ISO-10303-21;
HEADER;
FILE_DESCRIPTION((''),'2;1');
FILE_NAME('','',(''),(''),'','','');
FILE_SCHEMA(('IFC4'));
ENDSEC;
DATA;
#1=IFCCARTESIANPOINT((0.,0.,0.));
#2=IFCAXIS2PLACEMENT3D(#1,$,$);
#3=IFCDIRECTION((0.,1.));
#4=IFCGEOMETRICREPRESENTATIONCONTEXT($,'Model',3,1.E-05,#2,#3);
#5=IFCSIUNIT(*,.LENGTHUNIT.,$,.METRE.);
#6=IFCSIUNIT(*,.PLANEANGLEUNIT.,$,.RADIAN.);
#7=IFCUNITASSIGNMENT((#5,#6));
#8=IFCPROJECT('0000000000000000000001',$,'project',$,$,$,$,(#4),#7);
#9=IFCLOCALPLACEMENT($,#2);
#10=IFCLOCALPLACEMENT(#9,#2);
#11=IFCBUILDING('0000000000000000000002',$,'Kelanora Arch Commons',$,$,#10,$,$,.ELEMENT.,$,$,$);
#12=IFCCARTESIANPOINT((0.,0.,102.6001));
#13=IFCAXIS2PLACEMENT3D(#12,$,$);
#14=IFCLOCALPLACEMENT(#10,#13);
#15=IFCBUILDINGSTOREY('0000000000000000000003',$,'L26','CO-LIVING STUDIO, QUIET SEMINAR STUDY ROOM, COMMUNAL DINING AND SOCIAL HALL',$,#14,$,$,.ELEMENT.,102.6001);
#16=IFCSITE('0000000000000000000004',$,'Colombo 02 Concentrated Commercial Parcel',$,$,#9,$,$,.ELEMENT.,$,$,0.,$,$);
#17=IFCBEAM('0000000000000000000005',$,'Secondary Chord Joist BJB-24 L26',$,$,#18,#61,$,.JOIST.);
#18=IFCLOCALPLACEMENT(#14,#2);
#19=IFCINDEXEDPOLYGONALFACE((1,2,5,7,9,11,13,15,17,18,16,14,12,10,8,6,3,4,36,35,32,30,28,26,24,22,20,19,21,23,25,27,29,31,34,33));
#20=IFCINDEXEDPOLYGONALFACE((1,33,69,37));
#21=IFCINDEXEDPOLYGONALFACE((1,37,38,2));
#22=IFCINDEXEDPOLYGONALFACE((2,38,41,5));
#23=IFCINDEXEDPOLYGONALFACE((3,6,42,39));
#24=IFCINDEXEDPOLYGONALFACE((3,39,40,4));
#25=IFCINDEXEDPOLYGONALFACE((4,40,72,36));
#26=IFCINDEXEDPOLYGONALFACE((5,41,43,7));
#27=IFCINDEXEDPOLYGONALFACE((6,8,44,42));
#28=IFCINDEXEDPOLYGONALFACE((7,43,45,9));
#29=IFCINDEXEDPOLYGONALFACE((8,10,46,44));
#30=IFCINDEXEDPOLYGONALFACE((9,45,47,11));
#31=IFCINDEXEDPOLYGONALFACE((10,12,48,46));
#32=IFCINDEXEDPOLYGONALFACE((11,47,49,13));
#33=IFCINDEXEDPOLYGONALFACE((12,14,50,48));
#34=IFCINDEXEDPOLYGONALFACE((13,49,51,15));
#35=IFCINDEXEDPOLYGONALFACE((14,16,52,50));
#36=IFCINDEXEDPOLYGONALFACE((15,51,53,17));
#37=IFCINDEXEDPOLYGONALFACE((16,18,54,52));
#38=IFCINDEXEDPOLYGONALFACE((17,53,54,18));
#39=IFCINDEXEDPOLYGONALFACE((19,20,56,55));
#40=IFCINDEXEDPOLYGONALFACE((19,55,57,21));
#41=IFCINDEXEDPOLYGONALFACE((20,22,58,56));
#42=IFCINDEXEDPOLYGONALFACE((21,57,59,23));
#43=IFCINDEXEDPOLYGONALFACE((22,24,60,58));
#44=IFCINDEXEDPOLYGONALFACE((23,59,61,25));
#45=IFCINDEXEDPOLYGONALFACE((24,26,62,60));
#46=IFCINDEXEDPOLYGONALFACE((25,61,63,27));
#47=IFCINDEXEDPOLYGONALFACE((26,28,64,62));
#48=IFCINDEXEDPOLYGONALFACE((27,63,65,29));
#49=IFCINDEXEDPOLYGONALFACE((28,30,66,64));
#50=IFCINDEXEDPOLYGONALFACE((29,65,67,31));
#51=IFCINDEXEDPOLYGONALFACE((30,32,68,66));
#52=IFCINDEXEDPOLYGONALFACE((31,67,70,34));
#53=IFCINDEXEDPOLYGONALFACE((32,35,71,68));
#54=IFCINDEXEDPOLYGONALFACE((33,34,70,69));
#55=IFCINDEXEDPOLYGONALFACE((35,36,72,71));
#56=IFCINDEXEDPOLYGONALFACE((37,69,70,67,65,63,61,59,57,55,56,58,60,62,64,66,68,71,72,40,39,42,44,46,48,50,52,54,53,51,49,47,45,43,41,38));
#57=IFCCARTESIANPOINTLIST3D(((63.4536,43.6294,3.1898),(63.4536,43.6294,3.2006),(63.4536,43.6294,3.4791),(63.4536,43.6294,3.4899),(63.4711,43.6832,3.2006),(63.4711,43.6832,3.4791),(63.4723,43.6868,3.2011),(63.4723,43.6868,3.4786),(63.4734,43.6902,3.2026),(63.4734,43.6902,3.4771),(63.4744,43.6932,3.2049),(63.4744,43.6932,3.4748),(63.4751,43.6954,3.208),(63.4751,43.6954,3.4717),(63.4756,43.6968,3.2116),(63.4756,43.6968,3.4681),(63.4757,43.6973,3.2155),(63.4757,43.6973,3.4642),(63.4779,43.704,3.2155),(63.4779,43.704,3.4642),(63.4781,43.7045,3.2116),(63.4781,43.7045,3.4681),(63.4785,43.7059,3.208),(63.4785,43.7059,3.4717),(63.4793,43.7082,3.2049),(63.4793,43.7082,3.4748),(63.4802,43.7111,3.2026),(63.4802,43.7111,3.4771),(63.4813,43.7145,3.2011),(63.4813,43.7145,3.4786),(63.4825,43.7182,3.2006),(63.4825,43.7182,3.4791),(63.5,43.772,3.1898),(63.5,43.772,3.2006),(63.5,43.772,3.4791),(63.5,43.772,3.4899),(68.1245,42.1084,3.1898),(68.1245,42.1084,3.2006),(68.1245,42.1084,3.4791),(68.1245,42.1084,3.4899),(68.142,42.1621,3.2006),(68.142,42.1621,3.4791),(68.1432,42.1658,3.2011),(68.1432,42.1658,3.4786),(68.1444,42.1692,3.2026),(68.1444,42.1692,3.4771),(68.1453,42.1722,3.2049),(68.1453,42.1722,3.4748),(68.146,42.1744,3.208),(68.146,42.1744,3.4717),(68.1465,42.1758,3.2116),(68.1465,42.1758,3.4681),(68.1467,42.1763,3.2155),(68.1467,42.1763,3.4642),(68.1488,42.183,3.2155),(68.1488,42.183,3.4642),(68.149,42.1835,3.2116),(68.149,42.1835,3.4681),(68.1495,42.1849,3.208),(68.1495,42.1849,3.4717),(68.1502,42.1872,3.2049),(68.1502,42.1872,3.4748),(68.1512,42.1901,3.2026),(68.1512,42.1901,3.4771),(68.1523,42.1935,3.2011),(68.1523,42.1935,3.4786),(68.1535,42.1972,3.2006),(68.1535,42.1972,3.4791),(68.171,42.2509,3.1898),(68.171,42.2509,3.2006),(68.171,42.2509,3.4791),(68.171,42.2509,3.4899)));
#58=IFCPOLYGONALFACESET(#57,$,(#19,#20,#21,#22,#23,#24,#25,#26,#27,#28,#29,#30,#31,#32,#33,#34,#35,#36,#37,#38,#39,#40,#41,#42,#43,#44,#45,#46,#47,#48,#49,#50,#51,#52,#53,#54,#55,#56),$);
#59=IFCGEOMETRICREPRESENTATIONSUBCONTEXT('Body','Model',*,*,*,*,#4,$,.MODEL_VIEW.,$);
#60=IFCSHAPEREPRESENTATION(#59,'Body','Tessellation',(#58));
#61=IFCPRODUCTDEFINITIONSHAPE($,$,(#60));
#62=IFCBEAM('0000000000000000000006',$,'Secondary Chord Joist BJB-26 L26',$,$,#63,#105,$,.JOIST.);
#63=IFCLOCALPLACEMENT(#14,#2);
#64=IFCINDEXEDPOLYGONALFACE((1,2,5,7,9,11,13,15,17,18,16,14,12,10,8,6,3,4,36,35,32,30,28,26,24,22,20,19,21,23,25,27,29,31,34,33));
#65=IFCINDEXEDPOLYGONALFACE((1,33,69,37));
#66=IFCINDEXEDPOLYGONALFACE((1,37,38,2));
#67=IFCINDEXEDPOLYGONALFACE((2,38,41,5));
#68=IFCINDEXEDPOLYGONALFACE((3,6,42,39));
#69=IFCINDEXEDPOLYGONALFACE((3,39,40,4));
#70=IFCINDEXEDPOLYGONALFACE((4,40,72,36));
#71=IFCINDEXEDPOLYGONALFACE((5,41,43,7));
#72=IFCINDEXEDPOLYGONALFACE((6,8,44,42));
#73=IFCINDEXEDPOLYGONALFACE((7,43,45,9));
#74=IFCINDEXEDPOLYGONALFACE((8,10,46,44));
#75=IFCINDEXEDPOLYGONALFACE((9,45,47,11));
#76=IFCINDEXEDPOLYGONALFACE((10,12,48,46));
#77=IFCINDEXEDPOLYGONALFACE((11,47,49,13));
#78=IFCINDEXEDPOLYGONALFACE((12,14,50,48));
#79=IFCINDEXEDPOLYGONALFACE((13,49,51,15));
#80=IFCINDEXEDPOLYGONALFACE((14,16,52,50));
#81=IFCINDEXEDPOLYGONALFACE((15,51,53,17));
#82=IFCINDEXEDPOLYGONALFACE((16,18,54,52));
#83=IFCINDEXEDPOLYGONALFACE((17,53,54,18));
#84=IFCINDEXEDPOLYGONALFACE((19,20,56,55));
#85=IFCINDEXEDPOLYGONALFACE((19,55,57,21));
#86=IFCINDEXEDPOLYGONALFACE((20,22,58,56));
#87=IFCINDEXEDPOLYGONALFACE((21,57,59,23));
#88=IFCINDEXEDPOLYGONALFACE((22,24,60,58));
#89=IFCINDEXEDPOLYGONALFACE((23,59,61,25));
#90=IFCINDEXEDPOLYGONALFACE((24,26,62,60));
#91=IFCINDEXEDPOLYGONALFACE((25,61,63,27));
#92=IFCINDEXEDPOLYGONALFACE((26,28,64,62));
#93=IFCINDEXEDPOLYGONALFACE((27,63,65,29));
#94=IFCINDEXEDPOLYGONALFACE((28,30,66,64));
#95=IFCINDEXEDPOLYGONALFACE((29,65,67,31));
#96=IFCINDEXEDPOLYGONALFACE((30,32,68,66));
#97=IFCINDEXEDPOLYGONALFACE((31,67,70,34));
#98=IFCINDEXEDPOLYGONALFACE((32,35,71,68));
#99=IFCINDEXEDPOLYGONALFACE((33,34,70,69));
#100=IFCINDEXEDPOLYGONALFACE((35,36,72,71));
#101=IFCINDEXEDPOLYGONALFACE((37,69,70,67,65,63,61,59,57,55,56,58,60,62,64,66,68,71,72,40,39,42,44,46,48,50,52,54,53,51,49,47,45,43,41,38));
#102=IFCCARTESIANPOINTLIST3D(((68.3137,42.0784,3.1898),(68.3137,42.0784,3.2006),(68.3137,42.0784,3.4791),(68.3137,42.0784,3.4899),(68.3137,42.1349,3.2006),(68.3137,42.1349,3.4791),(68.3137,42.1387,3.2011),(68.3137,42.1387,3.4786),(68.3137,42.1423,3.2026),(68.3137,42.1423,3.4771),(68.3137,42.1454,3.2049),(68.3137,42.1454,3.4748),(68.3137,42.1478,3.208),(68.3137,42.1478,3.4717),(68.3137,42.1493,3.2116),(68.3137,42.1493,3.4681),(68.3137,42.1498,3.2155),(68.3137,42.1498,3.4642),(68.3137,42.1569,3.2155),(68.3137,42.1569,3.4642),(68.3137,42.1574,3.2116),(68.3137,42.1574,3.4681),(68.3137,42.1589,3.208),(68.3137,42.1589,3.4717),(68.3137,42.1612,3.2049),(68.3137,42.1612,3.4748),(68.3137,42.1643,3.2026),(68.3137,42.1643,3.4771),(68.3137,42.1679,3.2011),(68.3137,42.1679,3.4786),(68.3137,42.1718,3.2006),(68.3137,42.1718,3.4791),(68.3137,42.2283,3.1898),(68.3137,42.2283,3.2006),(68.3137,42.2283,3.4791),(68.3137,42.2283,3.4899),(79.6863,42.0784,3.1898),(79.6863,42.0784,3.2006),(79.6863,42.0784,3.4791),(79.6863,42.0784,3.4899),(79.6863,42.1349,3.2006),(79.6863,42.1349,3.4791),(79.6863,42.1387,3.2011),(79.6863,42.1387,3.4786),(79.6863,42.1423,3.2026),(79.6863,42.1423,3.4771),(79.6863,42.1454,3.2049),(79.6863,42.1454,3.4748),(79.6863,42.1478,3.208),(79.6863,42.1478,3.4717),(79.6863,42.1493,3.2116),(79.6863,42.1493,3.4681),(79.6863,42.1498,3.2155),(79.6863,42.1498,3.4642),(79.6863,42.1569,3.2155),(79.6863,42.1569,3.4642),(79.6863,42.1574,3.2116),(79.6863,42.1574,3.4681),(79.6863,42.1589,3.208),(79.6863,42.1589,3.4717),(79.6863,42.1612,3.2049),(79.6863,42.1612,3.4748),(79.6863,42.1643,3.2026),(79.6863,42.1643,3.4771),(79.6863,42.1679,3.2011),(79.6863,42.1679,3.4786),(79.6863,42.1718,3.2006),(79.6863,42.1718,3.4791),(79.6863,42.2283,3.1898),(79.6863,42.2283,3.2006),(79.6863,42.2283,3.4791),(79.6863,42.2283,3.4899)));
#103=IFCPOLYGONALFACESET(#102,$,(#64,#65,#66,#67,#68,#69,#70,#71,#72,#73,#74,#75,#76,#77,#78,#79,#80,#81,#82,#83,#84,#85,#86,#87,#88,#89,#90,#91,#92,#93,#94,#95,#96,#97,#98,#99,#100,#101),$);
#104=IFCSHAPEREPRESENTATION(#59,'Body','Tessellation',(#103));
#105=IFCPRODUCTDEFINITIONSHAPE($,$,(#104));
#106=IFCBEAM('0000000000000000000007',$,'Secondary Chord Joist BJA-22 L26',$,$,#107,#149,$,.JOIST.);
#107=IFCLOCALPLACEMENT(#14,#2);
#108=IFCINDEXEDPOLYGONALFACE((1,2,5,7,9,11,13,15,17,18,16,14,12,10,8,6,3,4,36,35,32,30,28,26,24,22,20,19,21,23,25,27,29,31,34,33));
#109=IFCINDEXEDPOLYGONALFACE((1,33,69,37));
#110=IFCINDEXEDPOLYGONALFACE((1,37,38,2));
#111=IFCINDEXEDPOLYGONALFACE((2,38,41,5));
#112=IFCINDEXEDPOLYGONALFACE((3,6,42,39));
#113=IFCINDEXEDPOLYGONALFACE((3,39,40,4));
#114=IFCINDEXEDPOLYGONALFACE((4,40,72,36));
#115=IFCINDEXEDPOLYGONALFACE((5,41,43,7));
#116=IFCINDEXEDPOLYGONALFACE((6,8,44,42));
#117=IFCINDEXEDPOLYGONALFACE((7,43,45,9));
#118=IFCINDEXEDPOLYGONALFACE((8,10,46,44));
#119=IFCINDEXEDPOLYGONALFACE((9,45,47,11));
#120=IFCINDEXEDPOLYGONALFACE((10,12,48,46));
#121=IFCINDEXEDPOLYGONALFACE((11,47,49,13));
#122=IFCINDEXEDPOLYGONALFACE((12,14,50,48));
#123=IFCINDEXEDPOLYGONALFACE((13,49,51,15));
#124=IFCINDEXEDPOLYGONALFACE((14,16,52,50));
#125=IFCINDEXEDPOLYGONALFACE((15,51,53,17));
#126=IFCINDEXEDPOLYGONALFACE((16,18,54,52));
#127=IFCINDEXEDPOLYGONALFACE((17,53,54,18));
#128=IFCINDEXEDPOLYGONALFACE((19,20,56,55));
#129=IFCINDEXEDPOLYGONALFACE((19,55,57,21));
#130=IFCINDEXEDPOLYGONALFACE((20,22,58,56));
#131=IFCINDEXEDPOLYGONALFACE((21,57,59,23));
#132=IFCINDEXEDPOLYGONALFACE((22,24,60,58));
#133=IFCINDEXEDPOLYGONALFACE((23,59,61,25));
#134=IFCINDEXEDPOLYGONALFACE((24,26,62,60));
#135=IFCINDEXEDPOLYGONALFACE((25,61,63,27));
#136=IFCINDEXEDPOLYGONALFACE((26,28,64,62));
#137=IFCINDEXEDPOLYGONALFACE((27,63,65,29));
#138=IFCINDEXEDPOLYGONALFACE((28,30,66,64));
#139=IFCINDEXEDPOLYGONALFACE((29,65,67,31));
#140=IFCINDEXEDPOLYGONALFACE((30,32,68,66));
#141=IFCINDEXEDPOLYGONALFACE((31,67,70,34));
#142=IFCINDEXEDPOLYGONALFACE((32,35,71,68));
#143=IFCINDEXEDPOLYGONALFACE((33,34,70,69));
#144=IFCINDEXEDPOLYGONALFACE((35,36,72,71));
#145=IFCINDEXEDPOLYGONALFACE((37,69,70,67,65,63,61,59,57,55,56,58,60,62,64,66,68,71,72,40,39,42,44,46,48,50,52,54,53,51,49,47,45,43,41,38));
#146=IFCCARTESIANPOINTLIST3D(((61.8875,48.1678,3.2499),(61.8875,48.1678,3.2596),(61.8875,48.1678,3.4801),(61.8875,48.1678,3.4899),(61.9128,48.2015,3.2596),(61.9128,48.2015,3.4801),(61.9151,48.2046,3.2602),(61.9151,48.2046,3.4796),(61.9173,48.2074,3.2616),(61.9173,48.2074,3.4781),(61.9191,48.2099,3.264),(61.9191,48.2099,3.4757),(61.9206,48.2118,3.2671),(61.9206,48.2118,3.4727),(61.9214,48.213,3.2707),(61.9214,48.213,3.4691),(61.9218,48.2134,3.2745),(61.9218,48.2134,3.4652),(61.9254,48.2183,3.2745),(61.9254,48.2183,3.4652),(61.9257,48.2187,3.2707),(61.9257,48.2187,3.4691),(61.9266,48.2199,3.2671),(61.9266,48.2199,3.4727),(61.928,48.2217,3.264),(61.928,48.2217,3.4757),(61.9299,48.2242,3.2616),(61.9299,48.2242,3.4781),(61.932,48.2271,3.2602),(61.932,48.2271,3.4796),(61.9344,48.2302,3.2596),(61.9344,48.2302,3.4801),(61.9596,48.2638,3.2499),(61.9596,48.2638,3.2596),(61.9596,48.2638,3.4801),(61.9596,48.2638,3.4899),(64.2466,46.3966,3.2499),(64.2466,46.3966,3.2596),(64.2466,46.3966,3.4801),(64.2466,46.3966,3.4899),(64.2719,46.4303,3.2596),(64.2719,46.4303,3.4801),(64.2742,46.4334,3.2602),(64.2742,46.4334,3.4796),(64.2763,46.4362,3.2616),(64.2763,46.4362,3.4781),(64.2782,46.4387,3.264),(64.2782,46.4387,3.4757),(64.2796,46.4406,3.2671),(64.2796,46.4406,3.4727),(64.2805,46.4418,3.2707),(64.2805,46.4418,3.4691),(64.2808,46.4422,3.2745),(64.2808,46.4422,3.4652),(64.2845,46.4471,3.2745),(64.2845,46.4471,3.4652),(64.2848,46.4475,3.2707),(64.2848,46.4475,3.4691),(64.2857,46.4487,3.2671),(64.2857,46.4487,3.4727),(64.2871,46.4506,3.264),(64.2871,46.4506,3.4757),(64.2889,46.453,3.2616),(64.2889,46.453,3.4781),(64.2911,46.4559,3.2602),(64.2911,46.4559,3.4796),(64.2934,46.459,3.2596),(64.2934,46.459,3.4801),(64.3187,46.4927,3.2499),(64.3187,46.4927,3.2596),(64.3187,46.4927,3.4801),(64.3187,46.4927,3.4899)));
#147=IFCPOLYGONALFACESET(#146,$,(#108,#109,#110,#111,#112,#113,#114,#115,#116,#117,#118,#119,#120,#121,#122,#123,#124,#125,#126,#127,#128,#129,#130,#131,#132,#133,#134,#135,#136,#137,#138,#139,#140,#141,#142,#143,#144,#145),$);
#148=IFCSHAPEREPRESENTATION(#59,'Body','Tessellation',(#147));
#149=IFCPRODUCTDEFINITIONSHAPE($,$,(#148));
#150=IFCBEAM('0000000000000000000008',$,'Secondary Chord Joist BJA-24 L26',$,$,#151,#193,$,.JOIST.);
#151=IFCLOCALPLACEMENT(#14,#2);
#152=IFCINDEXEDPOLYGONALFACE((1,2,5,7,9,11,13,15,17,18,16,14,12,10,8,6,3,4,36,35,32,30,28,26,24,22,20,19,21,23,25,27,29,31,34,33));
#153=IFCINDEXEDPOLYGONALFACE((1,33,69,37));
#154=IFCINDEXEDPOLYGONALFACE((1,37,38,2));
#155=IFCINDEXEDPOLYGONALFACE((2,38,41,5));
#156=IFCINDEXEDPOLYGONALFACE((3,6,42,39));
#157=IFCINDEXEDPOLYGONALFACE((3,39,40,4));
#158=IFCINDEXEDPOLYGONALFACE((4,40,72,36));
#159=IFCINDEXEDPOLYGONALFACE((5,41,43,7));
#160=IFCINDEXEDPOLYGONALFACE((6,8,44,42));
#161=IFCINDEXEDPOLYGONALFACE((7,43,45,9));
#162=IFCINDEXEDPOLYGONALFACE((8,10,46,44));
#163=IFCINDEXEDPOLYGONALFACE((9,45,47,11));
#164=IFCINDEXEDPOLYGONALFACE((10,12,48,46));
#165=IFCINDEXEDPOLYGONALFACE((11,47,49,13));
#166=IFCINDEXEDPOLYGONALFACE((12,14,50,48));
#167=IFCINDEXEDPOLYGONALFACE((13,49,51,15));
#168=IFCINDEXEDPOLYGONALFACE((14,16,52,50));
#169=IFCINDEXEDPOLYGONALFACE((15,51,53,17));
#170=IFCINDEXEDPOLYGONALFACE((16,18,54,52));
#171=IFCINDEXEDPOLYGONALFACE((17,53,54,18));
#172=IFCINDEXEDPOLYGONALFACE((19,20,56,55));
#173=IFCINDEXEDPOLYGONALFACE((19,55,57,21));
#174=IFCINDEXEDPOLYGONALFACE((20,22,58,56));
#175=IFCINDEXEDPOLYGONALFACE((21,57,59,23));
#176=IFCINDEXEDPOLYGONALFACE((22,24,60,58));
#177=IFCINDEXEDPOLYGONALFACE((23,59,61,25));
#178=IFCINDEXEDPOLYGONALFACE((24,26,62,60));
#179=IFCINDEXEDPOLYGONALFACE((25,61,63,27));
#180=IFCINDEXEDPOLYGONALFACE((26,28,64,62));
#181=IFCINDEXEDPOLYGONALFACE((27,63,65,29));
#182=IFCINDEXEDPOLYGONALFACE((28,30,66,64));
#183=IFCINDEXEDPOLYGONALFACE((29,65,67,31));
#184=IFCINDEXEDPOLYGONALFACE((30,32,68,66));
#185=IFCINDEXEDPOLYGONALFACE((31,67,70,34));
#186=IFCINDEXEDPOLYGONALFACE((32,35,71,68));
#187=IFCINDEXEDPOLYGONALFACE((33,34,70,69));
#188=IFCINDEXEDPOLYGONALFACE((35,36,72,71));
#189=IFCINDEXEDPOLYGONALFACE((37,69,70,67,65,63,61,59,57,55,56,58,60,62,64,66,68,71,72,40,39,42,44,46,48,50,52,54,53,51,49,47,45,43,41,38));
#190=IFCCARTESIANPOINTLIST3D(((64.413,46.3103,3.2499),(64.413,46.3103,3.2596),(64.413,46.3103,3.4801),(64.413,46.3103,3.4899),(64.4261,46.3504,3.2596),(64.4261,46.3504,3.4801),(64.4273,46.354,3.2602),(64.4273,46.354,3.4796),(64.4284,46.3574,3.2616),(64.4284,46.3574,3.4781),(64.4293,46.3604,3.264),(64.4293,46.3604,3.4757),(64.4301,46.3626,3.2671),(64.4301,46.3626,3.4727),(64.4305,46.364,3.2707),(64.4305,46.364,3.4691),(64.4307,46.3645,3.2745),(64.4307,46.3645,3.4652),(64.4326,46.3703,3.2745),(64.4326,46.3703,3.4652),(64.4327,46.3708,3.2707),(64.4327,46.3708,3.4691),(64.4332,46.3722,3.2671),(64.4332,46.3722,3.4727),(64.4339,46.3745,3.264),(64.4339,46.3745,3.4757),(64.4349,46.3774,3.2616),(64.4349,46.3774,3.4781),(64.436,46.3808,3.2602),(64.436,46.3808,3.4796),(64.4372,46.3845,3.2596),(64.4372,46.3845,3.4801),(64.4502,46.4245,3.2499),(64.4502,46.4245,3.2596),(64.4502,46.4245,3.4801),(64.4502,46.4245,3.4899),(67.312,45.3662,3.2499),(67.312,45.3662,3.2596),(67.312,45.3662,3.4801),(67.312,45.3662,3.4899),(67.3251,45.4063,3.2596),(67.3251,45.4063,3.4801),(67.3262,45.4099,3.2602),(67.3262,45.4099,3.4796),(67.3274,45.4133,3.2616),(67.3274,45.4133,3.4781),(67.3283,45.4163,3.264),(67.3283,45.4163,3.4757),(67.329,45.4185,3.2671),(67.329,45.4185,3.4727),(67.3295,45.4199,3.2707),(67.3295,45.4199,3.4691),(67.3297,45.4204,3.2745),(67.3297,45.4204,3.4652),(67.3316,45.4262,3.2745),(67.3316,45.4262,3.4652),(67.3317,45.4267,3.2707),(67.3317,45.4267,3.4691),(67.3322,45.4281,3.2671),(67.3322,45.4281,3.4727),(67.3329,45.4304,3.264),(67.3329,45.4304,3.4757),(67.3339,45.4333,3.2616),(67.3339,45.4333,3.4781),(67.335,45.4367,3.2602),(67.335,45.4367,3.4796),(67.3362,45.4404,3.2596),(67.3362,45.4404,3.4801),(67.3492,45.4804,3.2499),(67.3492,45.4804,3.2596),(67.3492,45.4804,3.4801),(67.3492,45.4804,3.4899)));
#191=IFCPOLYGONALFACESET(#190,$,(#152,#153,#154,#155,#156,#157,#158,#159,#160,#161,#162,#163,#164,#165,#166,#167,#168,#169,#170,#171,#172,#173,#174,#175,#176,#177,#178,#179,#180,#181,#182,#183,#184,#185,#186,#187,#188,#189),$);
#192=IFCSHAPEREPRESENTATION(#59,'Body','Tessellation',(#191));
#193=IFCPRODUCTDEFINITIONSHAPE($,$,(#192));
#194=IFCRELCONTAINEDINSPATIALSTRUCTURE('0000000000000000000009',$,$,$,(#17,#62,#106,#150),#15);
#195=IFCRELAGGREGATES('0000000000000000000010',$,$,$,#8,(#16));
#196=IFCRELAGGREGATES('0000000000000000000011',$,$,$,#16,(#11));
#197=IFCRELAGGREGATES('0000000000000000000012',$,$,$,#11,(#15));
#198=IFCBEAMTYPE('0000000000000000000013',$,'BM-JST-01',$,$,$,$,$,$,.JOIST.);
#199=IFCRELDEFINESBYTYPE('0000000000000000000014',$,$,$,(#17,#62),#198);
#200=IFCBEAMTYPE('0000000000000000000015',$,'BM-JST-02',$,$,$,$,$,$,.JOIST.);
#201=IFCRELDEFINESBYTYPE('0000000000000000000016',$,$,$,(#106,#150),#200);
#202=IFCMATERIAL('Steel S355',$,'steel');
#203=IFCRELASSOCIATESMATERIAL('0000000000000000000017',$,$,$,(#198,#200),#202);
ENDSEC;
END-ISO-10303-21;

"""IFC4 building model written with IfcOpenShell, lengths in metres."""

from ifc_helpers import new_model, si_unit, direction, frame, origin, origin_2d, place, context, subcontext, project, spatial, i_section, extrude, material, material_profile, profile_set, type_object, element, save


model = new_model("IFC4")

# Units and contexts
model_context = context("Model", 3, precision=1e-05, world=origin(), true_north=direction((0.0, 1.0)))
body_context = subcontext(model_context, "Body", "Model", "MODEL_VIEW")
ifc_project = project(units=[si_unit("LENGTHUNIT", "METRE"), si_unit("PLANEANGLEUNIT", "RADIAN")], contexts=[model_context])

# Site, building, storey
site_placement = place(None, origin())
site = spatial("IfcSite", under=ifc_project, at=site_placement, Name="Colombo 02 Concentrated Commercial Parcel", CompositionType="ELEMENT", RefElevation=0.0)
building_placement = place(site_placement, origin())
building = spatial("IfcBuilding", under=site, at=building_placement, Name="Kelanora Arch Commons", CompositionType="ELEMENT")
storey_placement = place(building_placement, frame((0.0, 0.0, 102.6001)))
storey = spatial("IfcBuildingStorey", under=building, at=storey_placement, Name="L26", Description="CO-LIVING STUDIO, QUIET SEMINAR STUDY ROOM, COMMUNAL DINING AND SOCIAL HALL", CompositionType="ELEMENT", Elevation=102.6001)

# Beams
ifc_material_1 = material(Name="Steel S355", Category="steel")
ifc_material_profile_1 = material_profile(ifc_material_1, i_section(OverallWidth=0.1499, OverallDepth=0.3, WebThickness=0.0071, FlangeThickness=0.0107, FilletRadius=0.0149, at=origin_2d()), Name="IPE300")
ifc_profile_set_1 = profile_set([ifc_material_profile_1], Name="Steel S355")
beam_type_1 = type_object("IfcBeamType", Name="BM-JST-01", PredefinedType="JOIST", material=ifc_profile_set_1)
beam_1_placement = place(storey_placement, frame((63.4768, 43.7007, 3.3398), z_axis=(0.950857, -0.30963, 0.0), x_axis=(0.30963, 0.950857, 0.0)))
element("IfcBeam", 1, at=beam_1_placement, inside=storey, type_object=beam_type_1, Name="Secondary Chord Joist BJB-24 L26", PredefinedType="JOIST", context=body_context, shape_type="SweptSolid", body=[
    extrude(i_section(OverallWidth=0.1499, OverallDepth=0.3, WebThickness=0.0071, FlangeThickness=0.0107, FilletRadius=0.0149, at=origin_2d()), origin(), (0.0, 0.0, 1.0), 4.9124),
])
beam_2_placement = place(storey_placement, frame((68.3137, 42.1533, 3.3398), z_axis=(1.0, 0.0, 0.0), x_axis=(0.0, 1.0, 0.0)))
element("IfcBeam", 2, at=beam_2_placement, inside=storey, type_object=beam_type_1, Name="Secondary Chord Joist BJB-26 L26", PredefinedType="JOIST", context=body_context, shape_type="SweptSolid", body=[
    extrude(i_section(OverallWidth=0.1499, OverallDepth=0.3, WebThickness=0.0071, FlangeThickness=0.0107, FilletRadius=0.0149, at=origin_2d()), origin(), (0.0, 0.0, 1.0), 11.3726),
])
ifc_material_profile_2 = material_profile(ifc_material_1, i_section(OverallWidth=0.1201, OverallDepth=0.24, WebThickness=0.0061, FlangeThickness=0.0098, FilletRadius=0.0149, at=origin_2d()), Name="IPE240")
ifc_profile_set_2 = profile_set([ifc_material_profile_2], Name="Steel S355")
beam_type_2 = type_object("IfcBeamType", Name="BM-JST-02", PredefinedType="JOIST", material=ifc_profile_set_2)
beam_3_placement = place(storey_placement, frame((61.9236, 48.2158, 3.3699), z_axis=(0.799692, -0.60041, 0.0), x_axis=(0.60041, 0.799692, 0.0)))
element("IfcBeam", 3, at=beam_3_placement, inside=storey, type_object=beam_type_2, Name="Secondary Chord Joist BJA-22 L26", PredefinedType="JOIST", context=body_context, shape_type="SweptSolid", body=[
    extrude(i_section(OverallWidth=0.1201, OverallDepth=0.24, WebThickness=0.0061, FlangeThickness=0.0098, FilletRadius=0.0149, at=origin_2d()), origin(), (0.0, 0.0, 1.0), 2.95),
])
beam_4_placement = place(storey_placement, frame((64.4316, 46.3674, 3.3699), z_axis=(0.950847, -0.309662, 0.0), x_axis=(0.309662, 0.950847, 0.0)))
element("IfcBeam", 4, at=beam_4_placement, inside=storey, type_object=beam_type_2, Name="Secondary Chord Joist BJA-24 L26", PredefinedType="JOIST", context=body_context, shape_type="SweptSolid", body=[
    extrude(i_section(OverallWidth=0.1201, OverallDepth=0.24, WebThickness=0.0061, FlangeThickness=0.0098, FilletRadius=0.0149, at=origin_2d()), origin(), (0.0, 0.0, 1.0), 3.0488),
])

save(model, "model.ifc")
